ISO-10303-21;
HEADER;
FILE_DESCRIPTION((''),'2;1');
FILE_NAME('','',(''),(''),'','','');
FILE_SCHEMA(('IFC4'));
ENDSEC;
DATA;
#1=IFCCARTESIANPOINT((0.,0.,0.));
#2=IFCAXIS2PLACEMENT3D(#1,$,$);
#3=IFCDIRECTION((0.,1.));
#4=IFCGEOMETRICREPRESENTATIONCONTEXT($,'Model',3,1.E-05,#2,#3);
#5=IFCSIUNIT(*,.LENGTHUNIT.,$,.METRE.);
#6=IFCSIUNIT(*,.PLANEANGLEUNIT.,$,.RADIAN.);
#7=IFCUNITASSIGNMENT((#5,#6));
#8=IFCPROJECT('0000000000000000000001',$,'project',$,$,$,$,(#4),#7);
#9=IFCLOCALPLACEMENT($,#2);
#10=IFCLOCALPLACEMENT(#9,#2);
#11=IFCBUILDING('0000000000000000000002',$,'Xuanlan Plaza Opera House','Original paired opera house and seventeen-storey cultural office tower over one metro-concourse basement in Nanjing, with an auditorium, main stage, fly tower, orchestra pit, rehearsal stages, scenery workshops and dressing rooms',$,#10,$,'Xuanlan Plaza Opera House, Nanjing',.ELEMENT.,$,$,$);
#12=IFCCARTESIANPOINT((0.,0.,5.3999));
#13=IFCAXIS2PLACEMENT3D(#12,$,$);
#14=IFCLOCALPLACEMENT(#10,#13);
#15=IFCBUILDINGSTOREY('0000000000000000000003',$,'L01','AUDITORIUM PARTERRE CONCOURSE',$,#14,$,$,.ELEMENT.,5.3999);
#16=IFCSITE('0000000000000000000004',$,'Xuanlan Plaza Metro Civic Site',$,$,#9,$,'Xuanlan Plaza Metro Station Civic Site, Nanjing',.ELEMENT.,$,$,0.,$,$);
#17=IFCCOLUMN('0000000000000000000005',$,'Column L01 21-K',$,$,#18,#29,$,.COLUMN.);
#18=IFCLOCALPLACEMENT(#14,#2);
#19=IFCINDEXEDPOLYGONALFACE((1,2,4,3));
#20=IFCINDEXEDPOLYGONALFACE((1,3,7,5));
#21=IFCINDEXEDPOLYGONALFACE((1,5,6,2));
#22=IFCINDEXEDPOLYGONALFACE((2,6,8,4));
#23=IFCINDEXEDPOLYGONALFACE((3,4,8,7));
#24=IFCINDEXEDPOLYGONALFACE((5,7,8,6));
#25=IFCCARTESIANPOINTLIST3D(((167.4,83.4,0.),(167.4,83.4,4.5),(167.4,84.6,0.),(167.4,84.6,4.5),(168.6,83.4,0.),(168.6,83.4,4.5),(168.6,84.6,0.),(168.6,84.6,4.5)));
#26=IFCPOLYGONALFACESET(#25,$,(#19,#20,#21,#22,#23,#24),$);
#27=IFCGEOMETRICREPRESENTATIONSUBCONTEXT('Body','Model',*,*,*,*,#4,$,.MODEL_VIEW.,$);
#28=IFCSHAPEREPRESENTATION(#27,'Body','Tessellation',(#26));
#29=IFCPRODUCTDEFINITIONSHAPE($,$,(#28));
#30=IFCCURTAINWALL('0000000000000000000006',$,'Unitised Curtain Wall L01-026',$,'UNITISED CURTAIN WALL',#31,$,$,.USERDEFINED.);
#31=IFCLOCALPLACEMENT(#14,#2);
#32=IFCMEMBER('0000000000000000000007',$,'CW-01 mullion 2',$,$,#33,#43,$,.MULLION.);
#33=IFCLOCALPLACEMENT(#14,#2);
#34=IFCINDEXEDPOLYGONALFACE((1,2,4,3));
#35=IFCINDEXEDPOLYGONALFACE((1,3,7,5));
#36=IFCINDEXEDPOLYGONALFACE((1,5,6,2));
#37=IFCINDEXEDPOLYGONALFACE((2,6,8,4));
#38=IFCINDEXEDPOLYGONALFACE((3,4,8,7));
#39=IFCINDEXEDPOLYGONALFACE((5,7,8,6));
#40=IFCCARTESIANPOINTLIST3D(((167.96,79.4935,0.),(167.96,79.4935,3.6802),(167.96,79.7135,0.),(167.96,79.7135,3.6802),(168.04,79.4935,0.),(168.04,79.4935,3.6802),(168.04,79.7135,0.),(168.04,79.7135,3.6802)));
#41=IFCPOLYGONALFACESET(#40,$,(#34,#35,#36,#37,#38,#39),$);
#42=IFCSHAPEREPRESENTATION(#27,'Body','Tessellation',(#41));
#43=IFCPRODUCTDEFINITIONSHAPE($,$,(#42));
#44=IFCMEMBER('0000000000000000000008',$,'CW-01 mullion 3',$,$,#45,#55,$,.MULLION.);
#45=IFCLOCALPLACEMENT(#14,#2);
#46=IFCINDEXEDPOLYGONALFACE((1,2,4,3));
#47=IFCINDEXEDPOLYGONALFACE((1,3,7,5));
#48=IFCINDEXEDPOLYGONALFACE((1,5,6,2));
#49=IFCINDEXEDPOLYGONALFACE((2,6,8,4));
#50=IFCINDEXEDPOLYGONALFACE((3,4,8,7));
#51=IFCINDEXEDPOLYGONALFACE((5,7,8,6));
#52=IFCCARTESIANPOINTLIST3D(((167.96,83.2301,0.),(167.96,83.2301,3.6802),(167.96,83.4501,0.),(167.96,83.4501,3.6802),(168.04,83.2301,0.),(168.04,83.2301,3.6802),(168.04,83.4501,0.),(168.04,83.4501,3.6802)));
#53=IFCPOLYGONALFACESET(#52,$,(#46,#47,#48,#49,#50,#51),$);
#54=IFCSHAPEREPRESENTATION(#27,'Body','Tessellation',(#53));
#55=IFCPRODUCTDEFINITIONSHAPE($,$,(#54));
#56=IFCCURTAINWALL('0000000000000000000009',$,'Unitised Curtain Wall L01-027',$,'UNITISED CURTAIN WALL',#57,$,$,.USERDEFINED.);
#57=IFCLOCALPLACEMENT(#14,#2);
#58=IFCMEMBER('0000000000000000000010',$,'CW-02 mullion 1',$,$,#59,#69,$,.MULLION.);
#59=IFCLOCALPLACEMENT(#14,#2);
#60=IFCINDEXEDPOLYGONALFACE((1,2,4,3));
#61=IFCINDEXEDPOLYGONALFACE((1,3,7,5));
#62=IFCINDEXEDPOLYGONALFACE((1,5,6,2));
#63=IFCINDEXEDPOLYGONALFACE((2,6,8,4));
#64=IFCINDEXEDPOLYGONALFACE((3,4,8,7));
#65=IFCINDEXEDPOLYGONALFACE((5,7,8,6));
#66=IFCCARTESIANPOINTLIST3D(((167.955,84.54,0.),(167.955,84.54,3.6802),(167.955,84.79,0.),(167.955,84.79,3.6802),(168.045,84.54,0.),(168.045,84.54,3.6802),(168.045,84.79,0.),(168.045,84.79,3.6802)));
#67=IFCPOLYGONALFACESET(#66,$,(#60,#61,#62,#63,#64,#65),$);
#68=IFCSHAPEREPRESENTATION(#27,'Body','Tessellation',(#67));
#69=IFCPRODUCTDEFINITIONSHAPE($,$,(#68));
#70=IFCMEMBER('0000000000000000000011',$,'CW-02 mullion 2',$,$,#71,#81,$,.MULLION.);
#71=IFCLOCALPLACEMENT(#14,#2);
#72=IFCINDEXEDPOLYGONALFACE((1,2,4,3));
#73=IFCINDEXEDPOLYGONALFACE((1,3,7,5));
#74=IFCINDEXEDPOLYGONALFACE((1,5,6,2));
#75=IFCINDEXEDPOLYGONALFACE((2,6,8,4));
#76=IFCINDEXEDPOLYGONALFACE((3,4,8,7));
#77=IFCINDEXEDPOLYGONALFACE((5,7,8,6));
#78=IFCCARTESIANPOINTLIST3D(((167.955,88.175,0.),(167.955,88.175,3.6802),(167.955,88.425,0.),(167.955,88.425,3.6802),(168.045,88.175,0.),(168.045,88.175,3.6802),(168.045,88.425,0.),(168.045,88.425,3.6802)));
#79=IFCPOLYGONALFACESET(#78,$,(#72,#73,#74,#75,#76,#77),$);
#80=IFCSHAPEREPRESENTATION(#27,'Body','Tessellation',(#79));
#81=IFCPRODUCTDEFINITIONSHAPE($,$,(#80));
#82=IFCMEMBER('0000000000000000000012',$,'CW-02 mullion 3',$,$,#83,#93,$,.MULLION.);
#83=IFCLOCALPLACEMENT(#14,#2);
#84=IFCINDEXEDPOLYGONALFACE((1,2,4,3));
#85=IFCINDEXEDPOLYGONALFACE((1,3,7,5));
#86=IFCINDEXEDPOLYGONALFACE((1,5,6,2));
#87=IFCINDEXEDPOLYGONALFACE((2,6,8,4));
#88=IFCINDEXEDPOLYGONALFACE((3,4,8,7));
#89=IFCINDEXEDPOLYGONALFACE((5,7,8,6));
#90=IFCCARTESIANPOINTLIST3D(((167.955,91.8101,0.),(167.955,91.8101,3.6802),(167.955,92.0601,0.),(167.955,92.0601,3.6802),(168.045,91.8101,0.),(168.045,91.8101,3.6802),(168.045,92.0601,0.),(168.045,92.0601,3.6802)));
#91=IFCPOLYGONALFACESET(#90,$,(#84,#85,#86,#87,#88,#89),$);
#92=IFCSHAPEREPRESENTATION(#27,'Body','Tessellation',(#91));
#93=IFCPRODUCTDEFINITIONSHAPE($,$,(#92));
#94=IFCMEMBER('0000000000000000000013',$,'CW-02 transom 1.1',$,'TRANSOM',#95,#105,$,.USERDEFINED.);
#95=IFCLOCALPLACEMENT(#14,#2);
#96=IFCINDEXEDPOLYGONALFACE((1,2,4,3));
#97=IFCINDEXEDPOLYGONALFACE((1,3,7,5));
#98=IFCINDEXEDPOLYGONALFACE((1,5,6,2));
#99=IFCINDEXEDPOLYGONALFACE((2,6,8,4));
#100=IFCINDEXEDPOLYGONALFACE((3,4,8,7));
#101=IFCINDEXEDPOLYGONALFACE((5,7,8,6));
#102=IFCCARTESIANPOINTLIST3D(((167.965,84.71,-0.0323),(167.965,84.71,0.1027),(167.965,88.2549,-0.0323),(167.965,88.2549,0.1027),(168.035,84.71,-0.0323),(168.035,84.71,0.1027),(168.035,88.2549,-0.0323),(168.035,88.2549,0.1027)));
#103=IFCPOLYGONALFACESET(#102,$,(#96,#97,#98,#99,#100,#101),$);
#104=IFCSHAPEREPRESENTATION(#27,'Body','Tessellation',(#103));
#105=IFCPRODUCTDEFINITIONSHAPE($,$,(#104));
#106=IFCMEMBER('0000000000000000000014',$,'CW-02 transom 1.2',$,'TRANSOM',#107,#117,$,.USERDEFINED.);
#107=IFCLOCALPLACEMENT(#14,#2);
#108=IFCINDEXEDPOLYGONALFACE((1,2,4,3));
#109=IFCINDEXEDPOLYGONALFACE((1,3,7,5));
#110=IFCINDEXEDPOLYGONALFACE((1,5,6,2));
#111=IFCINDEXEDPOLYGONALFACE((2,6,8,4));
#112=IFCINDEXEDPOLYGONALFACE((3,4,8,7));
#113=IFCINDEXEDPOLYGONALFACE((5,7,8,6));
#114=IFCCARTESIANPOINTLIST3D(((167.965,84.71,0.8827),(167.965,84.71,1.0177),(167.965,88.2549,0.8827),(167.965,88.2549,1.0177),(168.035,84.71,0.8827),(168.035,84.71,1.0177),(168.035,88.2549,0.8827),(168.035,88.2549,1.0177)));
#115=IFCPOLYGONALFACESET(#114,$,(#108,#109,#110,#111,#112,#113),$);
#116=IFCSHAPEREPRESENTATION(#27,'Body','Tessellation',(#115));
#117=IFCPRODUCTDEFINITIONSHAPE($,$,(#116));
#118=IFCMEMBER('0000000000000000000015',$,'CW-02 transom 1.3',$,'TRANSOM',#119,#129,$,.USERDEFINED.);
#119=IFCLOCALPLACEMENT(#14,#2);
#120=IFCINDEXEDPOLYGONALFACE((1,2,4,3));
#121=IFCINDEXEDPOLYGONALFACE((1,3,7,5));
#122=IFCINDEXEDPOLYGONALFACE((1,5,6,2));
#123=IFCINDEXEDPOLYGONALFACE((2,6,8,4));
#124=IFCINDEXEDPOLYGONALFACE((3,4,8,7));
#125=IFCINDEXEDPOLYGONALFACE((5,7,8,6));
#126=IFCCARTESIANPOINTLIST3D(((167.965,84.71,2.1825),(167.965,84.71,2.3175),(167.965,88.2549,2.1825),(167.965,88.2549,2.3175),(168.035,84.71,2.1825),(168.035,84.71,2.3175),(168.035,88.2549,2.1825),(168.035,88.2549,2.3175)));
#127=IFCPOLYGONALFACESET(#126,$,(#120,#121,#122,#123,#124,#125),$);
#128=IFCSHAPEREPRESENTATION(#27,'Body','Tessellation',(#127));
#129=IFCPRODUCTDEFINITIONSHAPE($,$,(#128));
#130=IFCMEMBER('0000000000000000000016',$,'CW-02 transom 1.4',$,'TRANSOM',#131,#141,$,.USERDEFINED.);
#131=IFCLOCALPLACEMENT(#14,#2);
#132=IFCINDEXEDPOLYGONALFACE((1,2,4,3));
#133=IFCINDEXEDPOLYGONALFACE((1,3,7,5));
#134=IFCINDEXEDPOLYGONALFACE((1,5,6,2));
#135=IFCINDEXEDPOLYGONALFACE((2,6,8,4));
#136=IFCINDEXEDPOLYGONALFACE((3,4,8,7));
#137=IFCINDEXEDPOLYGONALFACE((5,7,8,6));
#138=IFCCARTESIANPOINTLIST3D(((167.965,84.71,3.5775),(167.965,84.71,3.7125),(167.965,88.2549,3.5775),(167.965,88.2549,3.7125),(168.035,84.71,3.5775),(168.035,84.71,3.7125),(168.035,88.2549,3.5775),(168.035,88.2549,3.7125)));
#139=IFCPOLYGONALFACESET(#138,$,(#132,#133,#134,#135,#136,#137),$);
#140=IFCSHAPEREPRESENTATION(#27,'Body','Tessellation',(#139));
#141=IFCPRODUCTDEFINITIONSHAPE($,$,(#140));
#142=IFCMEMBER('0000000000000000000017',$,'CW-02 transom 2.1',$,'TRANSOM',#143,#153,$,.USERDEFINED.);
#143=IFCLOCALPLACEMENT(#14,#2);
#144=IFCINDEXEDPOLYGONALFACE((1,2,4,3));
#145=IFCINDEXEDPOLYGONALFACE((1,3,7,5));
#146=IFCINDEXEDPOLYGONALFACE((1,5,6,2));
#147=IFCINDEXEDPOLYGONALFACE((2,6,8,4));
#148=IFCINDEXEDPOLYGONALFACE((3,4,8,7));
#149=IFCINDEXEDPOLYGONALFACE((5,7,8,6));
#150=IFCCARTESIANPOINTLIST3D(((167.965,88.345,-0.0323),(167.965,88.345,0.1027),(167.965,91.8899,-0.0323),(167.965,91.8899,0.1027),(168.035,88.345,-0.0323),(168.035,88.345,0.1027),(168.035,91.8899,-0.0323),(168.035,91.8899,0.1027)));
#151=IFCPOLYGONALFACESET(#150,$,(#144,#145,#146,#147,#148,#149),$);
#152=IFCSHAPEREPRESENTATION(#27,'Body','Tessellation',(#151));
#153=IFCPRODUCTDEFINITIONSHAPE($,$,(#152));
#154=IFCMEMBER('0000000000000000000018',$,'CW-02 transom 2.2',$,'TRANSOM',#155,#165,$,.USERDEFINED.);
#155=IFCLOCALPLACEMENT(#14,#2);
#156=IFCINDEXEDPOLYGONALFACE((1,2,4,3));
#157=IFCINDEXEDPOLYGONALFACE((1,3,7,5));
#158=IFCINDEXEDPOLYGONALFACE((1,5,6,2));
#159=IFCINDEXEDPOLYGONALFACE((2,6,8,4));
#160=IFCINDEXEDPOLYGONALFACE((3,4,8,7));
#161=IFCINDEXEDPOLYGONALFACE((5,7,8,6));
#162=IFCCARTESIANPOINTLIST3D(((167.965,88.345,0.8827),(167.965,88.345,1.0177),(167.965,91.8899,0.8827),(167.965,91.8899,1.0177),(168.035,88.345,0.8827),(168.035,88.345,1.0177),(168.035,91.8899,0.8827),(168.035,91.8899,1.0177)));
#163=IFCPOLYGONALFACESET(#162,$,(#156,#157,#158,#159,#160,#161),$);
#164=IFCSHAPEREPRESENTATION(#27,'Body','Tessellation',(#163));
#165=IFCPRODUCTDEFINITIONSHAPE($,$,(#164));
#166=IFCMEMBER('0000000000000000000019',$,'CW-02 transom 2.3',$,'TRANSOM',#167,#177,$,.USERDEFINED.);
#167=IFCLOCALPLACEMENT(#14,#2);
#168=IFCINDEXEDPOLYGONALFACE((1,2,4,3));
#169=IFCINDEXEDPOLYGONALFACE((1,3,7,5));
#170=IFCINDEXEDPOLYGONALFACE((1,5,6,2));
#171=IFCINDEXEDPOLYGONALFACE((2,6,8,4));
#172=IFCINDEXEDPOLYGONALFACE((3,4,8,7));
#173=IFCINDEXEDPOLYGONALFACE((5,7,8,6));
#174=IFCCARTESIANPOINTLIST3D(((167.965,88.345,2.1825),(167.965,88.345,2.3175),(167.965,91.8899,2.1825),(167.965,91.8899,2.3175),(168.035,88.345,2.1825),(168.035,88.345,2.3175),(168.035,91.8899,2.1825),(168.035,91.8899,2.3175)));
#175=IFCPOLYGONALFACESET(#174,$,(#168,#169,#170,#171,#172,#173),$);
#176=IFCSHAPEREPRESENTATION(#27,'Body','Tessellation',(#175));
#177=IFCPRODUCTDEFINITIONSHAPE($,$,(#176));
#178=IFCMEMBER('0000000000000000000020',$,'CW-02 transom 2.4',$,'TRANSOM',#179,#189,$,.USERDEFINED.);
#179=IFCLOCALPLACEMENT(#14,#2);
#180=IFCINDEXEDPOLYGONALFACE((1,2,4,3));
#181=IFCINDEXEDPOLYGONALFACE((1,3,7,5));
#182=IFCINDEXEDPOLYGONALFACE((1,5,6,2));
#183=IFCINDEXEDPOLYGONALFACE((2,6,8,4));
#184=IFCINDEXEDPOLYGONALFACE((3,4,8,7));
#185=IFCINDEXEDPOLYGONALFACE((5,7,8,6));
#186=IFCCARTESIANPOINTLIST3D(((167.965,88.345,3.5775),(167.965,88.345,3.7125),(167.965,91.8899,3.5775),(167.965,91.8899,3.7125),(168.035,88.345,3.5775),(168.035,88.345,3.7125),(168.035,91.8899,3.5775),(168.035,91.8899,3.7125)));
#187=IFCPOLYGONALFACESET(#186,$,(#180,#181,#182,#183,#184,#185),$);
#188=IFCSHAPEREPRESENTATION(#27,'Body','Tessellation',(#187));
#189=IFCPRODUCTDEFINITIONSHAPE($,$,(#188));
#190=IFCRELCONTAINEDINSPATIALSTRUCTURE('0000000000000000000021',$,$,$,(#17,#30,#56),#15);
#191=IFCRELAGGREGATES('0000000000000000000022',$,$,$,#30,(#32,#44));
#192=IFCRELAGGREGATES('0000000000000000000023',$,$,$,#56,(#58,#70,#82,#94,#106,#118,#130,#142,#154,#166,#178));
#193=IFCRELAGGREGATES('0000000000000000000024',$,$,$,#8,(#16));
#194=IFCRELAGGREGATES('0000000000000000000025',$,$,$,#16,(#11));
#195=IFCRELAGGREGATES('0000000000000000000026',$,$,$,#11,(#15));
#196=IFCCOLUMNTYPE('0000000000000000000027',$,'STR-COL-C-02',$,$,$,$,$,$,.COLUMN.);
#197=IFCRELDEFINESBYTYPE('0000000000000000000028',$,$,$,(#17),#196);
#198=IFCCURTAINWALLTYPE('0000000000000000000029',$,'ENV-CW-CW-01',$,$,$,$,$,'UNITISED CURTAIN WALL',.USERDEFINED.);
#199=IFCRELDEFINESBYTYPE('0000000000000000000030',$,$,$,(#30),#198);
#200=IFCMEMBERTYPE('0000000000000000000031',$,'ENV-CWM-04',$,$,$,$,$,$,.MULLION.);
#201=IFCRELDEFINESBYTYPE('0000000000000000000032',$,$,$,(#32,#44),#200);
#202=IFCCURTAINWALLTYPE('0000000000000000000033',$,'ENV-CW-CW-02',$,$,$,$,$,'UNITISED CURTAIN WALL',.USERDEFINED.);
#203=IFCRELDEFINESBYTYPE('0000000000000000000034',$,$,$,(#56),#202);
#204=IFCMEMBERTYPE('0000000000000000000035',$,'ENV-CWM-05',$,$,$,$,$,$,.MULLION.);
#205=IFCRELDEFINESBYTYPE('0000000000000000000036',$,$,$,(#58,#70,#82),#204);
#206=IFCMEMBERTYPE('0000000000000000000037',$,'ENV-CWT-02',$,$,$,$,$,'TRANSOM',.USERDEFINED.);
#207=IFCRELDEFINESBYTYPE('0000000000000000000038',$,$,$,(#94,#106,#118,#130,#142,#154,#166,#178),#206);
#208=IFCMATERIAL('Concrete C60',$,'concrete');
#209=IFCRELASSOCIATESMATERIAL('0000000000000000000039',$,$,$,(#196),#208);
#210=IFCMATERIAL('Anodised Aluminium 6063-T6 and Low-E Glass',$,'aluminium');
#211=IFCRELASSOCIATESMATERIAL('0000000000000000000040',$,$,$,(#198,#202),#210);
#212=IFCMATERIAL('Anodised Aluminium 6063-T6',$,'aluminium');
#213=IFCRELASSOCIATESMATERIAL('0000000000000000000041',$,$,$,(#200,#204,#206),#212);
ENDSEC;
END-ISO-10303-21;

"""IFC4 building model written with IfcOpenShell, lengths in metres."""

from ifc_helpers import new_model, si_unit, direction, frame, origin, origin_2d, place, context, subcontext, project, spatial, rectangle, extrude, material, material_profile, profile_set, type_object, element, aggregate, save


model = new_model("IFC4")

# Units and contexts
model_context = context("Model", 3, precision=1e-05, world=origin(), true_north=direction((0.0, 1.0)))
body_context = subcontext(model_context, "Body", "Model", "MODEL_VIEW")
ifc_project = project(units=[si_unit("LENGTHUNIT", "METRE"), si_unit("PLANEANGLEUNIT", "RADIAN")], contexts=[model_context])

# Site, building, storey
site_placement = place(None, origin())
site = spatial("IfcSite", under=ifc_project, at=site_placement, Name="Xuanlan Plaza Metro Civic Site", LongName="Xuanlan Plaza Metro Station Civic Site, Nanjing", CompositionType="ELEMENT", RefElevation=0.0)
building_placement = place(site_placement, origin())
building = spatial("IfcBuilding", under=site, at=building_placement, Name="Xuanlan Plaza Opera House", Description="Original paired opera house and seventeen-storey cultural office tower over one metro-concourse basement in Nanjing, with an auditorium, main stage, fly tower, orchestra pit, rehearsal stages, scenery workshops and dressing rooms", LongName="Xuanlan Plaza Opera House, Nanjing", CompositionType="ELEMENT")
storey_placement = place(building_placement, frame((0.0, 0.0, 5.3999)))
storey = spatial("IfcBuildingStorey", under=building, at=storey_placement, Name="L01", Description="AUDITORIUM PARTERRE CONCOURSE", CompositionType="ELEMENT", Elevation=5.3999)

# Column
ifc_material_1 = material(Name="Concrete C60", Category="concrete")
ifc_material_profile_1 = material_profile(ifc_material_1, rectangle(XDim=1.2, YDim=1.2, at=origin_2d()), Name="RC-COL 1200x1200")
ifc_profile_set_1 = profile_set([ifc_material_profile_1], Name="Concrete C60")
column_type = type_object("IfcColumnType", Name="STR-COL-C-02", PredefinedType="COLUMN", material=ifc_profile_set_1)
column_placement = place(storey_placement, frame((168.0, 84.0, 0.0), z_axis=(0.0, 0.0, 1.0), x_axis=(1.0, 0.0, 0.0)))
element("IfcColumn", 1, at=column_placement, inside=storey, type_object=column_type, Name="Column L01 21-K", PredefinedType="COLUMN", context=body_context, shape_type="SweptSolid", body=[
    extrude(rectangle(XDim=1.2, YDim=1.2, at=origin_2d()), origin(), (0.0, 0.0, 1.0), 4.5),
])

# Curtain walls, members
ifc_material_2 = material(Name="Anodised Aluminium 6063-T6 and Low-E Glass", Category="aluminium")
curtain_wall_type_1 = type_object("IfcCurtainWallType", Name="ENV-CW-CW-01", ElementType="UNITISED CURTAIN WALL", PredefinedType="USERDEFINED", material=ifc_material_2)
curtain_wall_1_placement = place(storey_placement, origin())
curtain_wall_1 = element("IfcCurtainWall", 2, at=curtain_wall_1_placement, inside=storey, type_object=curtain_wall_type_1, Name="Unitised Curtain Wall L01-026", ObjectType="UNITISED CURTAIN WALL", PredefinedType="USERDEFINED")
ifc_material_3 = material(Name="Anodised Aluminium 6063-T6", Category="aluminium")
ifc_material_profile_2 = material_profile(ifc_material_3, rectangle(XDim=0.0801, YDim=0.22, at=origin_2d()), Name="ALU-M 80x220")
ifc_profile_set_2 = profile_set([ifc_material_profile_2], Name="Anodised Aluminium 6063-T6")
member_type_1 = type_object("IfcMemberType", Name="ENV-CWM-04", PredefinedType="MULLION", material=ifc_profile_set_2)
member_1_placement = place(storey_placement, frame((168.0, 79.6035, 0.0), z_axis=(0.0, 0.0, 1.0), x_axis=(-1.0, 0.0, 0.0)))
member_1 = element("IfcMember", 3, at=member_1_placement, type_object=member_type_1, Name="CW-01 mullion 2", PredefinedType="MULLION", context=body_context, shape_type="SweptSolid", body=[
    extrude(rectangle(XDim=0.0801, YDim=0.22, at=origin_2d()), origin(), (0.0, 0.0, 1.0), 3.6802),
])
member_2_placement = place(storey_placement, frame((168.0, 83.3401, 0.0), z_axis=(0.0, 0.0, 1.0), x_axis=(-1.0, 0.0, 0.0)))
member_2 = element("IfcMember", 4, at=member_2_placement, type_object=member_type_1, Name="CW-01 mullion 3", PredefinedType="MULLION", context=body_context, shape_type="SweptSolid", body=[
    extrude(rectangle(XDim=0.0801, YDim=0.22, at=origin_2d()), origin(), (0.0, 0.0, 1.0), 3.6802),
])
curtain_wall_type_2 = type_object("IfcCurtainWallType", Name="ENV-CW-CW-02", ElementType="UNITISED CURTAIN WALL", PredefinedType="USERDEFINED", material=ifc_material_2)
curtain_wall_2_placement = place(storey_placement, origin())
curtain_wall_2 = element("IfcCurtainWall", 5, at=curtain_wall_2_placement, inside=storey, type_object=curtain_wall_type_2, Name="Unitised Curtain Wall L01-027", ObjectType="UNITISED CURTAIN WALL", PredefinedType="USERDEFINED")
ifc_material_profile_3 = material_profile(ifc_material_3, rectangle(XDim=0.0901, YDim=0.25, at=origin_2d()), Name="ALU-M 90x250")
ifc_profile_set_3 = profile_set([ifc_material_profile_3], Name="Anodised Aluminium 6063-T6")
member_type_2 = type_object("IfcMemberType", Name="ENV-CWM-05", PredefinedType="MULLION", material=ifc_profile_set_3)
member_3_placement = place(storey_placement, frame((168.0, 84.665, 0.0), z_axis=(0.0, 0.0, 1.0), x_axis=(-1.0, 0.0, 0.0)))
member_3 = element("IfcMember", 6, at=member_3_placement, type_object=member_type_2, Name="CW-02 mullion 1", PredefinedType="MULLION", context=body_context, shape_type="SweptSolid", body=[
    extrude(rectangle(XDim=0.0901, YDim=0.25, at=origin_2d()), origin(), (0.0, 0.0, 1.0), 3.6802),
])
member_4_placement = place(storey_placement, frame((168.0, 88.3, 0.0), z_axis=(0.0, 0.0, 1.0), x_axis=(-1.0, 0.0, 0.0)))
member_4 = element("IfcMember", 7, at=member_4_placement, type_object=member_type_2, Name="CW-02 mullion 2", PredefinedType="MULLION", context=body_context, shape_type="SweptSolid", body=[
    extrude(rectangle(XDim=0.0901, YDim=0.25, at=origin_2d()), origin(), (0.0, 0.0, 1.0), 3.6802),
])
member_5_placement = place(storey_placement, frame((168.0, 91.9351, 0.0), z_axis=(0.0, 0.0, 1.0), x_axis=(-1.0, 0.0, 0.0)))
member_5 = element("IfcMember", 8, at=member_5_placement, type_object=member_type_2, Name="CW-02 mullion 3", PredefinedType="MULLION", context=body_context, shape_type="SweptSolid", body=[
    extrude(rectangle(XDim=0.0901, YDim=0.25, at=origin_2d()), origin(), (0.0, 0.0, 1.0), 3.6802),
])
ifc_material_profile_4 = material_profile(ifc_material_3, rectangle(XDim=0.0701, YDim=0.135, at=origin_2d()), Name="ALU-T 70x135")
ifc_profile_set_4 = profile_set([ifc_material_profile_4], Name="Anodised Aluminium 6063-T6")
member_type_3 = type_object("IfcMemberType", Name="ENV-CWT-02", ElementType="TRANSOM", PredefinedType="USERDEFINED", material=ifc_profile_set_4)
member_6_placement = place(storey_placement, frame((168.0, 84.71, 0.0352), z_axis=(0.0, 1.0, 0.0), x_axis=(-1.0, 0.0, 0.0)))
member_6 = element("IfcMember", 9, at=member_6_placement, type_object=member_type_3, Name="CW-02 transom 1.1", ObjectType="TRANSOM", PredefinedType="USERDEFINED", context=body_context, shape_type="SweptSolid", body=[
    extrude(rectangle(XDim=0.0701, YDim=0.135, at=origin_2d()), origin(), (0.0, 0.0, 1.0), 3.5449),
])
member_7_placement = place(storey_placement, frame((168.0, 84.71, 0.9502), z_axis=(0.0, 1.0, 0.0), x_axis=(-1.0, 0.0, 0.0)))
member_7 = element("IfcMember", 10, at=member_7_placement, type_object=member_type_3, Name="CW-02 transom 1.2", ObjectType="TRANSOM", PredefinedType="USERDEFINED", context=body_context, shape_type="SweptSolid", body=[
    extrude(rectangle(XDim=0.0701, YDim=0.135, at=origin_2d()), origin(), (0.0, 0.0, 1.0), 3.5449),
])
member_8_placement = place(storey_placement, frame((168.0, 84.71, 2.25), z_axis=(0.0, 1.0, 0.0), x_axis=(-1.0, 0.0, 0.0)))
member_8 = element("IfcMember", 11, at=member_8_placement, type_object=member_type_3, Name="CW-02 transom 1.3", ObjectType="TRANSOM", PredefinedType="USERDEFINED", context=body_context, shape_type="SweptSolid", body=[
    extrude(rectangle(XDim=0.0701, YDim=0.135, at=origin_2d()), origin(), (0.0, 0.0, 1.0), 3.5449),
])
member_9_placement = place(storey_placement, frame((168.0, 84.71, 3.645), z_axis=(0.0, 1.0, 0.0), x_axis=(-1.0, 0.0, 0.0)))
member_9 = element("IfcMember", 12, at=member_9_placement, type_object=member_type_3, Name="CW-02 transom 1.4", ObjectType="TRANSOM", PredefinedType="USERDEFINED", context=body_context, shape_type="SweptSolid", body=[
    extrude(rectangle(XDim=0.0701, YDim=0.135, at=origin_2d()), origin(), (0.0, 0.0, 1.0), 3.5449),
])
member_10_placement = place(storey_placement, frame((168.0, 88.345, 0.0352), z_axis=(0.0, 1.0, 0.0), x_axis=(-1.0, 0.0, 0.0)))
member_10 = element("IfcMember", 13, at=member_10_placement, type_object=member_type_3, Name="CW-02 transom 2.1", ObjectType="TRANSOM", PredefinedType="USERDEFINED", context=body_context, shape_type="SweptSolid", body=[
    extrude(rectangle(XDim=0.0701, YDim=0.135, at=origin_2d()), origin(), (0.0, 0.0, 1.0), 3.5449),
])
member_11_placement = place(storey_placement, frame((168.0, 88.345, 0.9502), z_axis=(0.0, 1.0, 0.0), x_axis=(-1.0, 0.0, 0.0)))
member_11 = element("IfcMember", 14, at=member_11_placement, type_object=member_type_3, Name="CW-02 transom 2.2", ObjectType="TRANSOM", PredefinedType="USERDEFINED", context=body_context, shape_type="SweptSolid", body=[
    extrude(rectangle(XDim=0.0701, YDim=0.135, at=origin_2d()), origin(), (0.0, 0.0, 1.0), 3.5449),
])
member_12_placement = place(storey_placement, frame((168.0, 88.345, 2.25), z_axis=(0.0, 1.0, 0.0), x_axis=(-1.0, 0.0, 0.0)))
member_12 = element("IfcMember", 15, at=member_12_placement, type_object=member_type_3, Name="CW-02 transom 2.3", ObjectType="TRANSOM", PredefinedType="USERDEFINED", context=body_context, shape_type="SweptSolid", body=[
    extrude(rectangle(XDim=0.0701, YDim=0.135, at=origin_2d()), origin(), (0.0, 0.0, 1.0), 3.5449),
])
member_13_placement = place(storey_placement, frame((168.0, 88.345, 3.645), z_axis=(0.0, 1.0, 0.0), x_axis=(-1.0, 0.0, 0.0)))
member_13 = element("IfcMember", 16, at=member_13_placement, type_object=member_type_3, Name="CW-02 transom 2.4", ObjectType="TRANSOM", PredefinedType="USERDEFINED", context=body_context, shape_type="SweptSolid", body=[
    extrude(rectangle(XDim=0.0701, YDim=0.135, at=origin_2d()), origin(), (0.0, 0.0, 1.0), 3.5449),
])

aggregate(curtain_wall_1, [member_1, member_2])
aggregate(curtain_wall_2, [member_3, member_4, member_5, member_6, member_7, member_8, member_9, member_10, member_11, member_12, member_13])

save(model, "model.ifc")
